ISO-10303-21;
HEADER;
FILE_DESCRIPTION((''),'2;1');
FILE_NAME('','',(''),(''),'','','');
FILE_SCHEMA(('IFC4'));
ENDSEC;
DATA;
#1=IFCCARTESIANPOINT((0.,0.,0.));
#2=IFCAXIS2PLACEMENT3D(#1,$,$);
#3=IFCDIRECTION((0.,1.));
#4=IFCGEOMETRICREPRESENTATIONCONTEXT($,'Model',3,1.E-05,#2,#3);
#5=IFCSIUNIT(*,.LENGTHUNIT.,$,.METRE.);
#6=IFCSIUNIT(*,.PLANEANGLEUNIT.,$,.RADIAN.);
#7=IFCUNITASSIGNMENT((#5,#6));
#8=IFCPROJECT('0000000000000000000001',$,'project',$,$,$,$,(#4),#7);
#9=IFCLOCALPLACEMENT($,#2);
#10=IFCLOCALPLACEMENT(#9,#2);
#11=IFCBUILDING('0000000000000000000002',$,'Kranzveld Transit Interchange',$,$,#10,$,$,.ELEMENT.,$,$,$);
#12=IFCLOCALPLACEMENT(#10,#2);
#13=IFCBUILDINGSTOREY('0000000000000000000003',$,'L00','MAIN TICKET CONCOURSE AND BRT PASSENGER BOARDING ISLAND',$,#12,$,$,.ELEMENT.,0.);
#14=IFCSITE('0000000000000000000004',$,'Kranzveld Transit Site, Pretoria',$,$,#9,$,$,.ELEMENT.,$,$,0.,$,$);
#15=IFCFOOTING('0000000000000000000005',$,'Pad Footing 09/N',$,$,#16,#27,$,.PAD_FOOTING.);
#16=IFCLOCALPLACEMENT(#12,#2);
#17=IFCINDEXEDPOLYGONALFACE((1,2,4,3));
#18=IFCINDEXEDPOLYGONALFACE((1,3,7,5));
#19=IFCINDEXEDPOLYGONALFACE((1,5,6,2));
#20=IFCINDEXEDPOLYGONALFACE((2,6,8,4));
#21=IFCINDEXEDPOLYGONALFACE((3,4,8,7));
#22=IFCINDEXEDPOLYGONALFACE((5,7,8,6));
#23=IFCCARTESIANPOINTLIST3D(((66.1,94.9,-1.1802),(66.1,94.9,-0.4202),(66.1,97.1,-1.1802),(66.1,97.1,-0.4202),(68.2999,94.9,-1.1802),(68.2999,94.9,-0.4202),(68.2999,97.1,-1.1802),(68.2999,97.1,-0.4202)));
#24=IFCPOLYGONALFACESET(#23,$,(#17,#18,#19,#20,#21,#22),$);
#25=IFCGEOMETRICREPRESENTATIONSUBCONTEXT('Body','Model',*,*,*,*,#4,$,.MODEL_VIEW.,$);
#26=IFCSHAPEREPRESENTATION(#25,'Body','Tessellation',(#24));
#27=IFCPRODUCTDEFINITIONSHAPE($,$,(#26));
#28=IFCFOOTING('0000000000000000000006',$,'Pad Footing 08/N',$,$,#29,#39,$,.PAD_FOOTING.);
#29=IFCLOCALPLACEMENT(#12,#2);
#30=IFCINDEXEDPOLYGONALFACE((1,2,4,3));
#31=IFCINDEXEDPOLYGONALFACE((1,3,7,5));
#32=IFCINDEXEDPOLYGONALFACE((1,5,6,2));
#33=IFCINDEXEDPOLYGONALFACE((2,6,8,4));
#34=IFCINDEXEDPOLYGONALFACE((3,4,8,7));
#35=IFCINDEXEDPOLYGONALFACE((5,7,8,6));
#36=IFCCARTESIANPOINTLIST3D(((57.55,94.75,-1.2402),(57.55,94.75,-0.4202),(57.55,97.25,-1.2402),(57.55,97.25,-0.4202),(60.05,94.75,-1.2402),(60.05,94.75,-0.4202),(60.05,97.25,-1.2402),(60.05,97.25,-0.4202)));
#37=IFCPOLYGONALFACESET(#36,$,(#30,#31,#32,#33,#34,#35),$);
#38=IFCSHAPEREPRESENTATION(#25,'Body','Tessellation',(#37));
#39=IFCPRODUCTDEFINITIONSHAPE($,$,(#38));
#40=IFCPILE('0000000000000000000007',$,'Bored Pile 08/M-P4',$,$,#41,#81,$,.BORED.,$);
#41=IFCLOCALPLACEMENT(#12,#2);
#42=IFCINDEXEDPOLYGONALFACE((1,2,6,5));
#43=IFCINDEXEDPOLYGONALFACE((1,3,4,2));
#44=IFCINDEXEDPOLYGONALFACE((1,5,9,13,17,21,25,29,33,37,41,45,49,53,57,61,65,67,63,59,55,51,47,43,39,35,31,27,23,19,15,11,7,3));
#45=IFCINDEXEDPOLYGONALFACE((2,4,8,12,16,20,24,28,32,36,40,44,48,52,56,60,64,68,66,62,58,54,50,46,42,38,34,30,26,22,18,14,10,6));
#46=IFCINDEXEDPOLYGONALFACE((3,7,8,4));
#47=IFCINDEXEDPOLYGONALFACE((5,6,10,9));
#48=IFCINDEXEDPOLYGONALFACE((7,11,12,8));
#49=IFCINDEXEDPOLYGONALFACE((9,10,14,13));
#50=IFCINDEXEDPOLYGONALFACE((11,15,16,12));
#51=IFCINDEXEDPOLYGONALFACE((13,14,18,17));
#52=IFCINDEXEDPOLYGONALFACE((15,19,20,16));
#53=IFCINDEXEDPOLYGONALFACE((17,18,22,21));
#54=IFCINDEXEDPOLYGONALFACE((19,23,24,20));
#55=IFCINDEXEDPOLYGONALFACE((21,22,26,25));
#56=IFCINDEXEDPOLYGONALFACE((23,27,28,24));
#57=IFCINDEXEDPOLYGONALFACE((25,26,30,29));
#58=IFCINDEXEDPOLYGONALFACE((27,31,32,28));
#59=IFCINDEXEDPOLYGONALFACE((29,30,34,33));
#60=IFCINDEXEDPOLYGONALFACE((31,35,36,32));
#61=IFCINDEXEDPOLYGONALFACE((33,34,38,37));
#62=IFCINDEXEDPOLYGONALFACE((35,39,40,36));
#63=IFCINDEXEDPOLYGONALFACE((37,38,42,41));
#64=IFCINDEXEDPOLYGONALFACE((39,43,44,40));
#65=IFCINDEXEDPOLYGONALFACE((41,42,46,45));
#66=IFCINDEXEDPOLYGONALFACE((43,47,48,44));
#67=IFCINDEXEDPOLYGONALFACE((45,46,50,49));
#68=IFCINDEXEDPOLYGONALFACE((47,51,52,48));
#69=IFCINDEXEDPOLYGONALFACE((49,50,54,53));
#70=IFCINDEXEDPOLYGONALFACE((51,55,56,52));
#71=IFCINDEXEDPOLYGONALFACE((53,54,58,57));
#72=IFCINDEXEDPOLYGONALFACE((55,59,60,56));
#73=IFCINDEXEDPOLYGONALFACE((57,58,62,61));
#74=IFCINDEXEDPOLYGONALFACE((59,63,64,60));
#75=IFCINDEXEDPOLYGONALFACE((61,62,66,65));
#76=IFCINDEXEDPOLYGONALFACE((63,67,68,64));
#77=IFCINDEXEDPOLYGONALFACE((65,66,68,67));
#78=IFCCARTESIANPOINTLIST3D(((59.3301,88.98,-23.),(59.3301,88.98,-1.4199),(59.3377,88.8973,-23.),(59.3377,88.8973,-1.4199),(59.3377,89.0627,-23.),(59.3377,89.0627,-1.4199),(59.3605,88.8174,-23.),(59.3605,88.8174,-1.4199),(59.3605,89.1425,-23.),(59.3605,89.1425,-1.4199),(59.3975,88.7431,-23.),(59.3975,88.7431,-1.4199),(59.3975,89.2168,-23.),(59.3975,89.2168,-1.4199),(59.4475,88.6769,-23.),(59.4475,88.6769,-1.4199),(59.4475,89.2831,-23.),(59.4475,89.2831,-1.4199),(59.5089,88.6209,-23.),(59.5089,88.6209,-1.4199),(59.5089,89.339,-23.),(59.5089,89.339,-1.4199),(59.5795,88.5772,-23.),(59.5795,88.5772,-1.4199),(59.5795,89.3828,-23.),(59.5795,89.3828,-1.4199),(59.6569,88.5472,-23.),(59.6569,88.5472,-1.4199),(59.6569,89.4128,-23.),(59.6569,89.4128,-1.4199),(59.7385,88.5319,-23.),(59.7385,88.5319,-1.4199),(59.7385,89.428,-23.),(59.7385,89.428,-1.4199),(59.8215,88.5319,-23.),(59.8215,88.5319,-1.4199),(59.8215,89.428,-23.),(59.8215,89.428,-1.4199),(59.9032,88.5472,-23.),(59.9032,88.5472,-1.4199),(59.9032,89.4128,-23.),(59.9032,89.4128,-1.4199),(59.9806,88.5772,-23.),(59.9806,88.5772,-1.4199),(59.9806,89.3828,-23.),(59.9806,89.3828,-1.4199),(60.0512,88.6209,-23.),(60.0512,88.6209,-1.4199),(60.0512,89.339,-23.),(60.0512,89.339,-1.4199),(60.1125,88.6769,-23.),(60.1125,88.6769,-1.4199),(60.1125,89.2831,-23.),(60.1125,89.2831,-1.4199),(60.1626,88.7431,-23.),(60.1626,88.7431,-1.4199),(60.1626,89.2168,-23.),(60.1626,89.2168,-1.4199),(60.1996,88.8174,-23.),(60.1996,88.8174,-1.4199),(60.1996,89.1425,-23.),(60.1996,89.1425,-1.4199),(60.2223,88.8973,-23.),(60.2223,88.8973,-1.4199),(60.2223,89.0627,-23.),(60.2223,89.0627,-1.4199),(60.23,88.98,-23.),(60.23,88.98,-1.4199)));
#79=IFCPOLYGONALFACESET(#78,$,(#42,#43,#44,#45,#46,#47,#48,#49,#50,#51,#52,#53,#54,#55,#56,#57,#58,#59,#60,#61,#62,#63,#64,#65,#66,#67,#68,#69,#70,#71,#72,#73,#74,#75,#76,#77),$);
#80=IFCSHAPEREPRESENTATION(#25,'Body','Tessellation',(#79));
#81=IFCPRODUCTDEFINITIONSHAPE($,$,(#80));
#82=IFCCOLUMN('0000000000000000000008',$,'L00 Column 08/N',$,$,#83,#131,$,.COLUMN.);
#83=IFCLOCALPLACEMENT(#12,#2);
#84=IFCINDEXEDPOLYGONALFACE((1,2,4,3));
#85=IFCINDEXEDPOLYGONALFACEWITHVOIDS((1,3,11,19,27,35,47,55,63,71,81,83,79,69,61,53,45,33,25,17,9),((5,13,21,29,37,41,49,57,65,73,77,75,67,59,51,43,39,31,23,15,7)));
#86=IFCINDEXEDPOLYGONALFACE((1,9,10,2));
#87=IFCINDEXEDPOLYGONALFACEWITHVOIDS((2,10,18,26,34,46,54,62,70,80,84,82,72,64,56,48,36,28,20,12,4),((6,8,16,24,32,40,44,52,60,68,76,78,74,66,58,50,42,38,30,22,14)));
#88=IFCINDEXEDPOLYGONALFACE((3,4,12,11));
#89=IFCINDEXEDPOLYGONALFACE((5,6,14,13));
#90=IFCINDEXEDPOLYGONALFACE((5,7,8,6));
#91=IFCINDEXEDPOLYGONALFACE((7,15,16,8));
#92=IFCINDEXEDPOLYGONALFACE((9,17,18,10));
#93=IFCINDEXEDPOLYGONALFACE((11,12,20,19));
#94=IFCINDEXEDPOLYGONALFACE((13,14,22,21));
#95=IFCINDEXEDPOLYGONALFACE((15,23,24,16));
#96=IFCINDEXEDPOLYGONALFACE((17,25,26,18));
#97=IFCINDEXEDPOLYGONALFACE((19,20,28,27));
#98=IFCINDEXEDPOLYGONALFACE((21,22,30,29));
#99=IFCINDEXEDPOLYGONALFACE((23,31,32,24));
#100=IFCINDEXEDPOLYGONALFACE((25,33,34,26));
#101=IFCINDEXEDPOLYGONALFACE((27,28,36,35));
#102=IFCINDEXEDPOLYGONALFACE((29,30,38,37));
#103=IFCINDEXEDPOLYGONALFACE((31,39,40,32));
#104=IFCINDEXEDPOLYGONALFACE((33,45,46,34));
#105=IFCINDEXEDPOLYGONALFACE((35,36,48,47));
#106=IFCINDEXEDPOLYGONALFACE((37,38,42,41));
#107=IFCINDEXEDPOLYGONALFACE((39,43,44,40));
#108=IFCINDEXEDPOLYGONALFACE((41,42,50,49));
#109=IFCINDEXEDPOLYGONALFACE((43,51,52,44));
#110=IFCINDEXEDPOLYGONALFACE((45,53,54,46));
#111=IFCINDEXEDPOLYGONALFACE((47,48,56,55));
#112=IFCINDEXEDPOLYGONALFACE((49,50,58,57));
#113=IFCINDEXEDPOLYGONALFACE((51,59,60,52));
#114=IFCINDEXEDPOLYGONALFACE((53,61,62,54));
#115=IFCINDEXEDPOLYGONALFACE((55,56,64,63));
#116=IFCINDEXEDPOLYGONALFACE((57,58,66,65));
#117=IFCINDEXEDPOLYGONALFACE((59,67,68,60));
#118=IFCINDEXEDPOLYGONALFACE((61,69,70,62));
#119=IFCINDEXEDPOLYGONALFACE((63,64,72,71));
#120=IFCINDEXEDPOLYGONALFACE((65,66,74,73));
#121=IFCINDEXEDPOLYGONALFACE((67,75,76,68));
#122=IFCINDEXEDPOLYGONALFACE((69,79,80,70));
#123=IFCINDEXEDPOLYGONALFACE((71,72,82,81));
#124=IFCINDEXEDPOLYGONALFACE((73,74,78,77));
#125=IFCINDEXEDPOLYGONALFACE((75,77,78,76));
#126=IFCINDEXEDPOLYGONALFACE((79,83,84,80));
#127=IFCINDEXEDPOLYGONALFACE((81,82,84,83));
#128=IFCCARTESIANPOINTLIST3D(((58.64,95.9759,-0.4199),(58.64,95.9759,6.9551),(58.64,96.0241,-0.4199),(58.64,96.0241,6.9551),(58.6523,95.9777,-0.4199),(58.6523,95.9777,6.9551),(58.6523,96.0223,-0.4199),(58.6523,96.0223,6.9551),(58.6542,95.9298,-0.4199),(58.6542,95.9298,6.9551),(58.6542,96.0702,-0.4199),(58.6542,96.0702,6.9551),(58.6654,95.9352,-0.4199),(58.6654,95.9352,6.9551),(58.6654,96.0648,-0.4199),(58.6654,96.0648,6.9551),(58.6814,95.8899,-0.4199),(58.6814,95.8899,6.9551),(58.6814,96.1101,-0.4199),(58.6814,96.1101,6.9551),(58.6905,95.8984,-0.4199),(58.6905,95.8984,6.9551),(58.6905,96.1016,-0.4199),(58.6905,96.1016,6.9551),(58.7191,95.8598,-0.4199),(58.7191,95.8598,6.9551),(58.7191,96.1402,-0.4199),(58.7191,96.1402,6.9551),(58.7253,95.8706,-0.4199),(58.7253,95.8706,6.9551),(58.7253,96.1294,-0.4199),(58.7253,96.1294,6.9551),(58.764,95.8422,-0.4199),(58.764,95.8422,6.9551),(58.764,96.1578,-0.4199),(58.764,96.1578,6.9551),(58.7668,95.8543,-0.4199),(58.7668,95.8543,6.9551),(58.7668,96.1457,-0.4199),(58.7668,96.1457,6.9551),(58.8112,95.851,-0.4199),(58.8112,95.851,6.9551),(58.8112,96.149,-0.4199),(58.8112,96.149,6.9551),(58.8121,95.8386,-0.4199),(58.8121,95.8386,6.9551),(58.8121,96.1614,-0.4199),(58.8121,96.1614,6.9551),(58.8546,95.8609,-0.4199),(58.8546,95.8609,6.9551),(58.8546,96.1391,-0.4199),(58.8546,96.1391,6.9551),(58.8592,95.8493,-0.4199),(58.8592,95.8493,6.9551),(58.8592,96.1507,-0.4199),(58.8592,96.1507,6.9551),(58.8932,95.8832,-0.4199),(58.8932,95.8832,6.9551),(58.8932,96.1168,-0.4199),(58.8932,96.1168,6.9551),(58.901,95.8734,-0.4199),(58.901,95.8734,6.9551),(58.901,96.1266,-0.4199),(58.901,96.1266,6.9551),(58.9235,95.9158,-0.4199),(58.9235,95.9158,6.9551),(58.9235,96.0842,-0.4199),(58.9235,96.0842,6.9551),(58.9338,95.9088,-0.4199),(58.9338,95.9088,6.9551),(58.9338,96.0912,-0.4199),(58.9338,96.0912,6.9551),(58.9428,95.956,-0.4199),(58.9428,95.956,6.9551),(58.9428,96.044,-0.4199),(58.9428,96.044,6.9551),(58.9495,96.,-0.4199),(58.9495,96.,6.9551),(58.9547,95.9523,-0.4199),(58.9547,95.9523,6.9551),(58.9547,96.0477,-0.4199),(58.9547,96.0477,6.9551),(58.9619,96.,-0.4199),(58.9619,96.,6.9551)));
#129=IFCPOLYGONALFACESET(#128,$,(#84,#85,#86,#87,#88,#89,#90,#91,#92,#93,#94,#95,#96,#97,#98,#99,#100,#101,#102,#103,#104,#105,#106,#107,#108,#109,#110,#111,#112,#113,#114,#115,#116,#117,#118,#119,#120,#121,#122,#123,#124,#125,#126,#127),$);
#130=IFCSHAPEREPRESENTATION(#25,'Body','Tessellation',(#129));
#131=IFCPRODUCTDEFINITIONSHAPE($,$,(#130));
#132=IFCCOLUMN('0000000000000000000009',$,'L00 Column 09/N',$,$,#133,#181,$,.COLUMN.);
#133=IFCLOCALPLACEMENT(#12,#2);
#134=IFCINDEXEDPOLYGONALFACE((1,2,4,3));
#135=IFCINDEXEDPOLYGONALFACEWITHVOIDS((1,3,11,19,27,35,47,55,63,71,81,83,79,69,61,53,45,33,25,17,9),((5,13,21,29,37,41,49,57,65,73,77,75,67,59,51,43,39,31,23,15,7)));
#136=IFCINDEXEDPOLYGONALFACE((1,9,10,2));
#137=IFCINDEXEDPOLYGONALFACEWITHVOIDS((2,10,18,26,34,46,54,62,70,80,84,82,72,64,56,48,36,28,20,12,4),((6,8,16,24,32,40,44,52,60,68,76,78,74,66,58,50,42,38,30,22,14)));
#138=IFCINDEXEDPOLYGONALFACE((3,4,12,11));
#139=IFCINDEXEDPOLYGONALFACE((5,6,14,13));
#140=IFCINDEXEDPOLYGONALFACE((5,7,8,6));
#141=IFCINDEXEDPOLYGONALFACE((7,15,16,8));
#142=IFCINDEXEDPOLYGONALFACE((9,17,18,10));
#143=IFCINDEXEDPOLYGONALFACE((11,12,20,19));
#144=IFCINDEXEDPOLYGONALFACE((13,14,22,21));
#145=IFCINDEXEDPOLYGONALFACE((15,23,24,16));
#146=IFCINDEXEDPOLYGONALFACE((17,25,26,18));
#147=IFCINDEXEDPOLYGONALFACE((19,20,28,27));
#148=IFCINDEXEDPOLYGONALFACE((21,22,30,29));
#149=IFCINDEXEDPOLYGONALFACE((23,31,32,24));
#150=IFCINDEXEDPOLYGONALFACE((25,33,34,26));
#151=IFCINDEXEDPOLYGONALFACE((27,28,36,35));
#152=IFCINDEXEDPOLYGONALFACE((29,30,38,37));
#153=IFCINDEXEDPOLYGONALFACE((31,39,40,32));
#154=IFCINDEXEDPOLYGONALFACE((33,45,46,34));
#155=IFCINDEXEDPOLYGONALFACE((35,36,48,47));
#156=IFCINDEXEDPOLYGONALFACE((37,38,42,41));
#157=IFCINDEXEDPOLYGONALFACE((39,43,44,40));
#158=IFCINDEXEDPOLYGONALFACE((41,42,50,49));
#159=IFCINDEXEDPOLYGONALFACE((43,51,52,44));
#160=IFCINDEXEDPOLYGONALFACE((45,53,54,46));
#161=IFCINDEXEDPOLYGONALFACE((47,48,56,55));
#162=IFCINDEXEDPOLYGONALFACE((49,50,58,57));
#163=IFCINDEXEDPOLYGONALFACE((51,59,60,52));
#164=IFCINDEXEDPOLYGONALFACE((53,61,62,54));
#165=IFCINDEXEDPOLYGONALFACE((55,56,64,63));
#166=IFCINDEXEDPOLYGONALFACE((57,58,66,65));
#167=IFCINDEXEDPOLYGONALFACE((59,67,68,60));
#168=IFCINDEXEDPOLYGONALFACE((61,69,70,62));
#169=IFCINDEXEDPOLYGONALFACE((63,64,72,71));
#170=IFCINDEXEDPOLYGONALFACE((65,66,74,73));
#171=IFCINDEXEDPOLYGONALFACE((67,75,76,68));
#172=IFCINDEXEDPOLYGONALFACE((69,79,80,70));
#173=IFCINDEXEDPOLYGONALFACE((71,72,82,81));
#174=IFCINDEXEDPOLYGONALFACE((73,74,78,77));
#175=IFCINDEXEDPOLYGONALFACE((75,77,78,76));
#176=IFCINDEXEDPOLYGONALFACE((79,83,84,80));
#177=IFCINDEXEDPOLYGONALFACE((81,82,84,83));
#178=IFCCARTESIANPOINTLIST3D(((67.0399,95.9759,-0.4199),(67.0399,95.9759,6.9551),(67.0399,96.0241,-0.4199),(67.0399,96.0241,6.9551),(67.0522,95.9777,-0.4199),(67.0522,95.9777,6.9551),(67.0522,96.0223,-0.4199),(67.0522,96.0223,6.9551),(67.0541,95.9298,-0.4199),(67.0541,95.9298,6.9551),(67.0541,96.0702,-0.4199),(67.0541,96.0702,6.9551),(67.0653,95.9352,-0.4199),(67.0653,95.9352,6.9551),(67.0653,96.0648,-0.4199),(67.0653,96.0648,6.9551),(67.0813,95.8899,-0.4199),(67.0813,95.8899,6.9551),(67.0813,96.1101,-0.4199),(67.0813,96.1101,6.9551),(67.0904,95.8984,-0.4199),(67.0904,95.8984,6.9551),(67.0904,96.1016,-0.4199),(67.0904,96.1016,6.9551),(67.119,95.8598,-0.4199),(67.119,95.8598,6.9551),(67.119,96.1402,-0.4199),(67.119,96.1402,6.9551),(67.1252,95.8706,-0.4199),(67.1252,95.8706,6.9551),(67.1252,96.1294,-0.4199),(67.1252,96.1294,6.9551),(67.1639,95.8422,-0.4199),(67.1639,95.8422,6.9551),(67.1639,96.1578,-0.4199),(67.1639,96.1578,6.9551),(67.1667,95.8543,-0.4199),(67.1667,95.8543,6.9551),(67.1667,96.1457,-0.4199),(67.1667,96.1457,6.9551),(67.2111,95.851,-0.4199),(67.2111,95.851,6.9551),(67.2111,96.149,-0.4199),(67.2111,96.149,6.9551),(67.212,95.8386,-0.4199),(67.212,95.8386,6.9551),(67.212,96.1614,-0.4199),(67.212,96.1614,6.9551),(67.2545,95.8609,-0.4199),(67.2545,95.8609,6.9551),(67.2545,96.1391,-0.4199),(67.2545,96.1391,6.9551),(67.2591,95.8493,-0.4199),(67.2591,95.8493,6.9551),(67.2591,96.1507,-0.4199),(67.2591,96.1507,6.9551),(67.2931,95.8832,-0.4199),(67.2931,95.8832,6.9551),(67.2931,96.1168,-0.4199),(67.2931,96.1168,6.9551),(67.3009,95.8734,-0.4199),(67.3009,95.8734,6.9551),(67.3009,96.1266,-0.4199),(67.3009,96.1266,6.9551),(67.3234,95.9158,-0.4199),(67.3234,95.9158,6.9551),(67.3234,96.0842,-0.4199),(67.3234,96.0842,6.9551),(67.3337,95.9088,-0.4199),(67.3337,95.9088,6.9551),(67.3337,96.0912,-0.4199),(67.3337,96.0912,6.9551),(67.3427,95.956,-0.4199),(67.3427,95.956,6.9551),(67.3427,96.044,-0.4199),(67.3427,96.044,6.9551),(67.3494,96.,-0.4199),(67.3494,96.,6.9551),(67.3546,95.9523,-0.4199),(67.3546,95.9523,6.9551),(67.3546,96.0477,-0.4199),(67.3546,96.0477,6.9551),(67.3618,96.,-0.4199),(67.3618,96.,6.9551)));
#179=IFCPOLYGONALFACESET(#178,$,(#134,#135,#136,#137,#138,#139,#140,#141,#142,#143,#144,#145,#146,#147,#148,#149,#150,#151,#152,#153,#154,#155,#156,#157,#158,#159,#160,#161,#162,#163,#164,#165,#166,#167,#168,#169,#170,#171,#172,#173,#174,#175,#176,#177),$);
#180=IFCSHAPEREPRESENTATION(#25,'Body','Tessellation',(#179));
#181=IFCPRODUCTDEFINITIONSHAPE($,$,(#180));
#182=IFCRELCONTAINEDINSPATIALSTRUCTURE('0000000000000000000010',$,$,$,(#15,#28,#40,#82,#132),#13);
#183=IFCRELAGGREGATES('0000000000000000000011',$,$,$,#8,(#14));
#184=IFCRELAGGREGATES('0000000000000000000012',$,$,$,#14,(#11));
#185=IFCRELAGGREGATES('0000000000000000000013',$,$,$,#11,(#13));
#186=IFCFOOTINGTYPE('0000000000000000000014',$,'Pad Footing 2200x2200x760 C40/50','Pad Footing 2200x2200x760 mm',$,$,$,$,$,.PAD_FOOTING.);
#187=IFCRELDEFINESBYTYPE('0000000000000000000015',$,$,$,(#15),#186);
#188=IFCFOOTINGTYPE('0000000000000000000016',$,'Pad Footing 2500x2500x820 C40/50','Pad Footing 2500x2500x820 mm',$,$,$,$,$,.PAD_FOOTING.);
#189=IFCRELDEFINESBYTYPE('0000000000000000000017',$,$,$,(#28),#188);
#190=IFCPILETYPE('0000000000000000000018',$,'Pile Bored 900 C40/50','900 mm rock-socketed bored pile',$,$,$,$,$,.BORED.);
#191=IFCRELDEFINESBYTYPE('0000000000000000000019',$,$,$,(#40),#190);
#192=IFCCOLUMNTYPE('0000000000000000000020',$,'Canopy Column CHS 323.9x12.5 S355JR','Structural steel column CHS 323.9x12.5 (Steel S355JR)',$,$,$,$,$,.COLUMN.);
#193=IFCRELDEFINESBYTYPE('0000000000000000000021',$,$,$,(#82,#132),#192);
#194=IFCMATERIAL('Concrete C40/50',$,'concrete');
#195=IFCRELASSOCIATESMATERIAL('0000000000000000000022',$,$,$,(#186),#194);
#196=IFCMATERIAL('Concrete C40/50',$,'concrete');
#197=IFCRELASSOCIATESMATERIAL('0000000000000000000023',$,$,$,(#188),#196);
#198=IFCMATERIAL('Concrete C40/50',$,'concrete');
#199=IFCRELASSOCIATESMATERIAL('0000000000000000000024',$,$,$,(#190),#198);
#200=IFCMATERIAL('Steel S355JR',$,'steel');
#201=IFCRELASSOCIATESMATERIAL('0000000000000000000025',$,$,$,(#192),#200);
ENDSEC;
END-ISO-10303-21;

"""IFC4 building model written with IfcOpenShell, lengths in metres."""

from ifc_helpers import new_model, si_unit, direction, frame, origin, origin_2d, place, context, subcontext, project, spatial, rectangle, circle, hollow_circle, extrude, material, material_profile, profile_set, type_object, element, save


model = new_model("IFC4")

# Units and contexts
model_context = context("Model", 3, precision=1e-05, world=origin(), true_north=direction((0.0, 1.0)))
body_context = subcontext(model_context, "Body", "Model", "MODEL_VIEW")
ifc_project = project(units=[si_unit("LENGTHUNIT", "METRE"), si_unit("PLANEANGLEUNIT", "RADIAN")], contexts=[model_context])

# Site, building, storey
site_placement = place(None, origin())
site = spatial("IfcSite", under=ifc_project, at=site_placement, Name="Kranzveld Transit Site, Pretoria", CompositionType="ELEMENT", RefElevation=0.0)
building_placement = place(site_placement, origin())
building = spatial("IfcBuilding", under=site, at=building_placement, Name="Kranzveld Transit Interchange", CompositionType="ELEMENT")
storey_placement = place(building_placement, origin())
storey = spatial("IfcBuildingStorey", under=building, at=storey_placement, Name="L00", Description="MAIN TICKET CONCOURSE AND BRT PASSENGER BOARDING ISLAND", CompositionType="ELEMENT", Elevation=0.0)

# Footings
ifc_material_1 = material(Name="Concrete C40/50", Category="concrete")
footing_type_1 = type_object("IfcFootingType", Name="Pad Footing 2200x2200x760 C40/50", Description="Pad Footing 2200x2200x760 mm", PredefinedType="PAD_FOOTING", material=ifc_material_1)
footing_1_placement = place(storey_placement, frame((67.2, 96.0, -1.1802), z_axis=(0.0, 0.0, 1.0), x_axis=(1.0, 0.0, 0.0)))
element("IfcFooting", 1, at=footing_1_placement, inside=storey, type_object=footing_type_1, Name="Pad Footing 09/N", PredefinedType="PAD_FOOTING", context=body_context, shape_type="SweptSolid", body=[
    extrude(rectangle(XDim=2.2, YDim=2.2, at=origin_2d()), origin(), (0.0, 0.0, 1.0), 0.76),
])
ifc_material_2 = material(Name="Concrete C40/50", Category="concrete")
footing_type_2 = type_object("IfcFootingType", Name="Pad Footing 2500x2500x820 C40/50", Description="Pad Footing 2500x2500x820 mm", PredefinedType="PAD_FOOTING", material=ifc_material_2)
footing_2_placement = place(storey_placement, frame((58.8, 96.0, -1.2402), z_axis=(0.0, 0.0, 1.0), x_axis=(1.0, 0.0, 0.0)))
element("IfcFooting", 2, at=footing_2_placement, inside=storey, type_object=footing_type_2, Name="Pad Footing 08/N", PredefinedType="PAD_FOOTING", context=body_context, shape_type="SweptSolid", body=[
    extrude(rectangle(XDim=2.5, YDim=2.5, at=origin_2d()), origin(), (0.0, 0.0, 1.0), 0.8201),
])

# Pile
ifc_material_3 = material(Name="Concrete C40/50", Category="concrete")
ifc_material_profile_1 = material_profile(ifc_material_3, circle(Radius=0.45, at=origin_2d()), Name="BORED PILE 900")
ifc_profile_set_1 = profile_set([ifc_material_profile_1], Name="Concrete C40/50")
pile_type = type_object("IfcPileType", Name="Pile Bored 900 C40/50", Description="900 mm rock-socketed bored pile", PredefinedType="BORED", material=ifc_profile_set_1)
pile_placement = place(storey_placement, frame((59.78, 88.98, -1.4199), z_axis=(0.0, 0.0, -1.0), x_axis=(1.0, 0.0, 0.0)))
element("IfcPile", 3, at=pile_placement, inside=storey, type_object=pile_type, Name="Bored Pile 08/M-P4", PredefinedType="BORED", context=body_context, shape_type="SweptSolid", body=[
    extrude(circle(Radius=0.45, at=origin_2d()), origin(), (0.0, 0.0, 1.0), 21.5801),
])

# Columns
ifc_material_4 = material(Name="Steel S355JR", Category="steel")
ifc_material_profile_2 = material_profile(ifc_material_4, hollow_circle(Radius=0.1619, WallThickness=0.0125, at=origin_2d()), Name="CHS 323.9x12.5")
ifc_profile_set_2 = profile_set([ifc_material_profile_2], Name="Steel S355JR")
column_type = type_object("IfcColumnType", Name="Canopy Column CHS 323.9x12.5 S355JR", Description="Structural steel column CHS 323.9x12.5 (Steel S355JR)", PredefinedType="COLUMN", material=ifc_profile_set_2)
for number, where, z_axis, x_axis, name in (
    (4, (58.8, 96.0, -0.4199), (0.0, 0.0, 1.0), (1.0, 0.0, 0.0), "L00 Column 08/N"),
    (5, (67.2, 96.0, -0.4199), (0.0, 0.0, 1.0), (1.0, 0.0, 0.0), "L00 Column 09/N"),
):
    element("IfcColumn", number, at=place(storey_placement, frame(where, z_axis=z_axis, x_axis=x_axis)), inside=storey, type_object=column_type, Name=name, PredefinedType="COLUMN", context=body_context, shape_type="SweptSolid", body=[
        extrude(hollow_circle(Radius=0.1619, WallThickness=0.0125, at=origin_2d()), origin(), (0.0, 0.0, 1.0), 7.375),
    ])

save(model, "model.ifc")
